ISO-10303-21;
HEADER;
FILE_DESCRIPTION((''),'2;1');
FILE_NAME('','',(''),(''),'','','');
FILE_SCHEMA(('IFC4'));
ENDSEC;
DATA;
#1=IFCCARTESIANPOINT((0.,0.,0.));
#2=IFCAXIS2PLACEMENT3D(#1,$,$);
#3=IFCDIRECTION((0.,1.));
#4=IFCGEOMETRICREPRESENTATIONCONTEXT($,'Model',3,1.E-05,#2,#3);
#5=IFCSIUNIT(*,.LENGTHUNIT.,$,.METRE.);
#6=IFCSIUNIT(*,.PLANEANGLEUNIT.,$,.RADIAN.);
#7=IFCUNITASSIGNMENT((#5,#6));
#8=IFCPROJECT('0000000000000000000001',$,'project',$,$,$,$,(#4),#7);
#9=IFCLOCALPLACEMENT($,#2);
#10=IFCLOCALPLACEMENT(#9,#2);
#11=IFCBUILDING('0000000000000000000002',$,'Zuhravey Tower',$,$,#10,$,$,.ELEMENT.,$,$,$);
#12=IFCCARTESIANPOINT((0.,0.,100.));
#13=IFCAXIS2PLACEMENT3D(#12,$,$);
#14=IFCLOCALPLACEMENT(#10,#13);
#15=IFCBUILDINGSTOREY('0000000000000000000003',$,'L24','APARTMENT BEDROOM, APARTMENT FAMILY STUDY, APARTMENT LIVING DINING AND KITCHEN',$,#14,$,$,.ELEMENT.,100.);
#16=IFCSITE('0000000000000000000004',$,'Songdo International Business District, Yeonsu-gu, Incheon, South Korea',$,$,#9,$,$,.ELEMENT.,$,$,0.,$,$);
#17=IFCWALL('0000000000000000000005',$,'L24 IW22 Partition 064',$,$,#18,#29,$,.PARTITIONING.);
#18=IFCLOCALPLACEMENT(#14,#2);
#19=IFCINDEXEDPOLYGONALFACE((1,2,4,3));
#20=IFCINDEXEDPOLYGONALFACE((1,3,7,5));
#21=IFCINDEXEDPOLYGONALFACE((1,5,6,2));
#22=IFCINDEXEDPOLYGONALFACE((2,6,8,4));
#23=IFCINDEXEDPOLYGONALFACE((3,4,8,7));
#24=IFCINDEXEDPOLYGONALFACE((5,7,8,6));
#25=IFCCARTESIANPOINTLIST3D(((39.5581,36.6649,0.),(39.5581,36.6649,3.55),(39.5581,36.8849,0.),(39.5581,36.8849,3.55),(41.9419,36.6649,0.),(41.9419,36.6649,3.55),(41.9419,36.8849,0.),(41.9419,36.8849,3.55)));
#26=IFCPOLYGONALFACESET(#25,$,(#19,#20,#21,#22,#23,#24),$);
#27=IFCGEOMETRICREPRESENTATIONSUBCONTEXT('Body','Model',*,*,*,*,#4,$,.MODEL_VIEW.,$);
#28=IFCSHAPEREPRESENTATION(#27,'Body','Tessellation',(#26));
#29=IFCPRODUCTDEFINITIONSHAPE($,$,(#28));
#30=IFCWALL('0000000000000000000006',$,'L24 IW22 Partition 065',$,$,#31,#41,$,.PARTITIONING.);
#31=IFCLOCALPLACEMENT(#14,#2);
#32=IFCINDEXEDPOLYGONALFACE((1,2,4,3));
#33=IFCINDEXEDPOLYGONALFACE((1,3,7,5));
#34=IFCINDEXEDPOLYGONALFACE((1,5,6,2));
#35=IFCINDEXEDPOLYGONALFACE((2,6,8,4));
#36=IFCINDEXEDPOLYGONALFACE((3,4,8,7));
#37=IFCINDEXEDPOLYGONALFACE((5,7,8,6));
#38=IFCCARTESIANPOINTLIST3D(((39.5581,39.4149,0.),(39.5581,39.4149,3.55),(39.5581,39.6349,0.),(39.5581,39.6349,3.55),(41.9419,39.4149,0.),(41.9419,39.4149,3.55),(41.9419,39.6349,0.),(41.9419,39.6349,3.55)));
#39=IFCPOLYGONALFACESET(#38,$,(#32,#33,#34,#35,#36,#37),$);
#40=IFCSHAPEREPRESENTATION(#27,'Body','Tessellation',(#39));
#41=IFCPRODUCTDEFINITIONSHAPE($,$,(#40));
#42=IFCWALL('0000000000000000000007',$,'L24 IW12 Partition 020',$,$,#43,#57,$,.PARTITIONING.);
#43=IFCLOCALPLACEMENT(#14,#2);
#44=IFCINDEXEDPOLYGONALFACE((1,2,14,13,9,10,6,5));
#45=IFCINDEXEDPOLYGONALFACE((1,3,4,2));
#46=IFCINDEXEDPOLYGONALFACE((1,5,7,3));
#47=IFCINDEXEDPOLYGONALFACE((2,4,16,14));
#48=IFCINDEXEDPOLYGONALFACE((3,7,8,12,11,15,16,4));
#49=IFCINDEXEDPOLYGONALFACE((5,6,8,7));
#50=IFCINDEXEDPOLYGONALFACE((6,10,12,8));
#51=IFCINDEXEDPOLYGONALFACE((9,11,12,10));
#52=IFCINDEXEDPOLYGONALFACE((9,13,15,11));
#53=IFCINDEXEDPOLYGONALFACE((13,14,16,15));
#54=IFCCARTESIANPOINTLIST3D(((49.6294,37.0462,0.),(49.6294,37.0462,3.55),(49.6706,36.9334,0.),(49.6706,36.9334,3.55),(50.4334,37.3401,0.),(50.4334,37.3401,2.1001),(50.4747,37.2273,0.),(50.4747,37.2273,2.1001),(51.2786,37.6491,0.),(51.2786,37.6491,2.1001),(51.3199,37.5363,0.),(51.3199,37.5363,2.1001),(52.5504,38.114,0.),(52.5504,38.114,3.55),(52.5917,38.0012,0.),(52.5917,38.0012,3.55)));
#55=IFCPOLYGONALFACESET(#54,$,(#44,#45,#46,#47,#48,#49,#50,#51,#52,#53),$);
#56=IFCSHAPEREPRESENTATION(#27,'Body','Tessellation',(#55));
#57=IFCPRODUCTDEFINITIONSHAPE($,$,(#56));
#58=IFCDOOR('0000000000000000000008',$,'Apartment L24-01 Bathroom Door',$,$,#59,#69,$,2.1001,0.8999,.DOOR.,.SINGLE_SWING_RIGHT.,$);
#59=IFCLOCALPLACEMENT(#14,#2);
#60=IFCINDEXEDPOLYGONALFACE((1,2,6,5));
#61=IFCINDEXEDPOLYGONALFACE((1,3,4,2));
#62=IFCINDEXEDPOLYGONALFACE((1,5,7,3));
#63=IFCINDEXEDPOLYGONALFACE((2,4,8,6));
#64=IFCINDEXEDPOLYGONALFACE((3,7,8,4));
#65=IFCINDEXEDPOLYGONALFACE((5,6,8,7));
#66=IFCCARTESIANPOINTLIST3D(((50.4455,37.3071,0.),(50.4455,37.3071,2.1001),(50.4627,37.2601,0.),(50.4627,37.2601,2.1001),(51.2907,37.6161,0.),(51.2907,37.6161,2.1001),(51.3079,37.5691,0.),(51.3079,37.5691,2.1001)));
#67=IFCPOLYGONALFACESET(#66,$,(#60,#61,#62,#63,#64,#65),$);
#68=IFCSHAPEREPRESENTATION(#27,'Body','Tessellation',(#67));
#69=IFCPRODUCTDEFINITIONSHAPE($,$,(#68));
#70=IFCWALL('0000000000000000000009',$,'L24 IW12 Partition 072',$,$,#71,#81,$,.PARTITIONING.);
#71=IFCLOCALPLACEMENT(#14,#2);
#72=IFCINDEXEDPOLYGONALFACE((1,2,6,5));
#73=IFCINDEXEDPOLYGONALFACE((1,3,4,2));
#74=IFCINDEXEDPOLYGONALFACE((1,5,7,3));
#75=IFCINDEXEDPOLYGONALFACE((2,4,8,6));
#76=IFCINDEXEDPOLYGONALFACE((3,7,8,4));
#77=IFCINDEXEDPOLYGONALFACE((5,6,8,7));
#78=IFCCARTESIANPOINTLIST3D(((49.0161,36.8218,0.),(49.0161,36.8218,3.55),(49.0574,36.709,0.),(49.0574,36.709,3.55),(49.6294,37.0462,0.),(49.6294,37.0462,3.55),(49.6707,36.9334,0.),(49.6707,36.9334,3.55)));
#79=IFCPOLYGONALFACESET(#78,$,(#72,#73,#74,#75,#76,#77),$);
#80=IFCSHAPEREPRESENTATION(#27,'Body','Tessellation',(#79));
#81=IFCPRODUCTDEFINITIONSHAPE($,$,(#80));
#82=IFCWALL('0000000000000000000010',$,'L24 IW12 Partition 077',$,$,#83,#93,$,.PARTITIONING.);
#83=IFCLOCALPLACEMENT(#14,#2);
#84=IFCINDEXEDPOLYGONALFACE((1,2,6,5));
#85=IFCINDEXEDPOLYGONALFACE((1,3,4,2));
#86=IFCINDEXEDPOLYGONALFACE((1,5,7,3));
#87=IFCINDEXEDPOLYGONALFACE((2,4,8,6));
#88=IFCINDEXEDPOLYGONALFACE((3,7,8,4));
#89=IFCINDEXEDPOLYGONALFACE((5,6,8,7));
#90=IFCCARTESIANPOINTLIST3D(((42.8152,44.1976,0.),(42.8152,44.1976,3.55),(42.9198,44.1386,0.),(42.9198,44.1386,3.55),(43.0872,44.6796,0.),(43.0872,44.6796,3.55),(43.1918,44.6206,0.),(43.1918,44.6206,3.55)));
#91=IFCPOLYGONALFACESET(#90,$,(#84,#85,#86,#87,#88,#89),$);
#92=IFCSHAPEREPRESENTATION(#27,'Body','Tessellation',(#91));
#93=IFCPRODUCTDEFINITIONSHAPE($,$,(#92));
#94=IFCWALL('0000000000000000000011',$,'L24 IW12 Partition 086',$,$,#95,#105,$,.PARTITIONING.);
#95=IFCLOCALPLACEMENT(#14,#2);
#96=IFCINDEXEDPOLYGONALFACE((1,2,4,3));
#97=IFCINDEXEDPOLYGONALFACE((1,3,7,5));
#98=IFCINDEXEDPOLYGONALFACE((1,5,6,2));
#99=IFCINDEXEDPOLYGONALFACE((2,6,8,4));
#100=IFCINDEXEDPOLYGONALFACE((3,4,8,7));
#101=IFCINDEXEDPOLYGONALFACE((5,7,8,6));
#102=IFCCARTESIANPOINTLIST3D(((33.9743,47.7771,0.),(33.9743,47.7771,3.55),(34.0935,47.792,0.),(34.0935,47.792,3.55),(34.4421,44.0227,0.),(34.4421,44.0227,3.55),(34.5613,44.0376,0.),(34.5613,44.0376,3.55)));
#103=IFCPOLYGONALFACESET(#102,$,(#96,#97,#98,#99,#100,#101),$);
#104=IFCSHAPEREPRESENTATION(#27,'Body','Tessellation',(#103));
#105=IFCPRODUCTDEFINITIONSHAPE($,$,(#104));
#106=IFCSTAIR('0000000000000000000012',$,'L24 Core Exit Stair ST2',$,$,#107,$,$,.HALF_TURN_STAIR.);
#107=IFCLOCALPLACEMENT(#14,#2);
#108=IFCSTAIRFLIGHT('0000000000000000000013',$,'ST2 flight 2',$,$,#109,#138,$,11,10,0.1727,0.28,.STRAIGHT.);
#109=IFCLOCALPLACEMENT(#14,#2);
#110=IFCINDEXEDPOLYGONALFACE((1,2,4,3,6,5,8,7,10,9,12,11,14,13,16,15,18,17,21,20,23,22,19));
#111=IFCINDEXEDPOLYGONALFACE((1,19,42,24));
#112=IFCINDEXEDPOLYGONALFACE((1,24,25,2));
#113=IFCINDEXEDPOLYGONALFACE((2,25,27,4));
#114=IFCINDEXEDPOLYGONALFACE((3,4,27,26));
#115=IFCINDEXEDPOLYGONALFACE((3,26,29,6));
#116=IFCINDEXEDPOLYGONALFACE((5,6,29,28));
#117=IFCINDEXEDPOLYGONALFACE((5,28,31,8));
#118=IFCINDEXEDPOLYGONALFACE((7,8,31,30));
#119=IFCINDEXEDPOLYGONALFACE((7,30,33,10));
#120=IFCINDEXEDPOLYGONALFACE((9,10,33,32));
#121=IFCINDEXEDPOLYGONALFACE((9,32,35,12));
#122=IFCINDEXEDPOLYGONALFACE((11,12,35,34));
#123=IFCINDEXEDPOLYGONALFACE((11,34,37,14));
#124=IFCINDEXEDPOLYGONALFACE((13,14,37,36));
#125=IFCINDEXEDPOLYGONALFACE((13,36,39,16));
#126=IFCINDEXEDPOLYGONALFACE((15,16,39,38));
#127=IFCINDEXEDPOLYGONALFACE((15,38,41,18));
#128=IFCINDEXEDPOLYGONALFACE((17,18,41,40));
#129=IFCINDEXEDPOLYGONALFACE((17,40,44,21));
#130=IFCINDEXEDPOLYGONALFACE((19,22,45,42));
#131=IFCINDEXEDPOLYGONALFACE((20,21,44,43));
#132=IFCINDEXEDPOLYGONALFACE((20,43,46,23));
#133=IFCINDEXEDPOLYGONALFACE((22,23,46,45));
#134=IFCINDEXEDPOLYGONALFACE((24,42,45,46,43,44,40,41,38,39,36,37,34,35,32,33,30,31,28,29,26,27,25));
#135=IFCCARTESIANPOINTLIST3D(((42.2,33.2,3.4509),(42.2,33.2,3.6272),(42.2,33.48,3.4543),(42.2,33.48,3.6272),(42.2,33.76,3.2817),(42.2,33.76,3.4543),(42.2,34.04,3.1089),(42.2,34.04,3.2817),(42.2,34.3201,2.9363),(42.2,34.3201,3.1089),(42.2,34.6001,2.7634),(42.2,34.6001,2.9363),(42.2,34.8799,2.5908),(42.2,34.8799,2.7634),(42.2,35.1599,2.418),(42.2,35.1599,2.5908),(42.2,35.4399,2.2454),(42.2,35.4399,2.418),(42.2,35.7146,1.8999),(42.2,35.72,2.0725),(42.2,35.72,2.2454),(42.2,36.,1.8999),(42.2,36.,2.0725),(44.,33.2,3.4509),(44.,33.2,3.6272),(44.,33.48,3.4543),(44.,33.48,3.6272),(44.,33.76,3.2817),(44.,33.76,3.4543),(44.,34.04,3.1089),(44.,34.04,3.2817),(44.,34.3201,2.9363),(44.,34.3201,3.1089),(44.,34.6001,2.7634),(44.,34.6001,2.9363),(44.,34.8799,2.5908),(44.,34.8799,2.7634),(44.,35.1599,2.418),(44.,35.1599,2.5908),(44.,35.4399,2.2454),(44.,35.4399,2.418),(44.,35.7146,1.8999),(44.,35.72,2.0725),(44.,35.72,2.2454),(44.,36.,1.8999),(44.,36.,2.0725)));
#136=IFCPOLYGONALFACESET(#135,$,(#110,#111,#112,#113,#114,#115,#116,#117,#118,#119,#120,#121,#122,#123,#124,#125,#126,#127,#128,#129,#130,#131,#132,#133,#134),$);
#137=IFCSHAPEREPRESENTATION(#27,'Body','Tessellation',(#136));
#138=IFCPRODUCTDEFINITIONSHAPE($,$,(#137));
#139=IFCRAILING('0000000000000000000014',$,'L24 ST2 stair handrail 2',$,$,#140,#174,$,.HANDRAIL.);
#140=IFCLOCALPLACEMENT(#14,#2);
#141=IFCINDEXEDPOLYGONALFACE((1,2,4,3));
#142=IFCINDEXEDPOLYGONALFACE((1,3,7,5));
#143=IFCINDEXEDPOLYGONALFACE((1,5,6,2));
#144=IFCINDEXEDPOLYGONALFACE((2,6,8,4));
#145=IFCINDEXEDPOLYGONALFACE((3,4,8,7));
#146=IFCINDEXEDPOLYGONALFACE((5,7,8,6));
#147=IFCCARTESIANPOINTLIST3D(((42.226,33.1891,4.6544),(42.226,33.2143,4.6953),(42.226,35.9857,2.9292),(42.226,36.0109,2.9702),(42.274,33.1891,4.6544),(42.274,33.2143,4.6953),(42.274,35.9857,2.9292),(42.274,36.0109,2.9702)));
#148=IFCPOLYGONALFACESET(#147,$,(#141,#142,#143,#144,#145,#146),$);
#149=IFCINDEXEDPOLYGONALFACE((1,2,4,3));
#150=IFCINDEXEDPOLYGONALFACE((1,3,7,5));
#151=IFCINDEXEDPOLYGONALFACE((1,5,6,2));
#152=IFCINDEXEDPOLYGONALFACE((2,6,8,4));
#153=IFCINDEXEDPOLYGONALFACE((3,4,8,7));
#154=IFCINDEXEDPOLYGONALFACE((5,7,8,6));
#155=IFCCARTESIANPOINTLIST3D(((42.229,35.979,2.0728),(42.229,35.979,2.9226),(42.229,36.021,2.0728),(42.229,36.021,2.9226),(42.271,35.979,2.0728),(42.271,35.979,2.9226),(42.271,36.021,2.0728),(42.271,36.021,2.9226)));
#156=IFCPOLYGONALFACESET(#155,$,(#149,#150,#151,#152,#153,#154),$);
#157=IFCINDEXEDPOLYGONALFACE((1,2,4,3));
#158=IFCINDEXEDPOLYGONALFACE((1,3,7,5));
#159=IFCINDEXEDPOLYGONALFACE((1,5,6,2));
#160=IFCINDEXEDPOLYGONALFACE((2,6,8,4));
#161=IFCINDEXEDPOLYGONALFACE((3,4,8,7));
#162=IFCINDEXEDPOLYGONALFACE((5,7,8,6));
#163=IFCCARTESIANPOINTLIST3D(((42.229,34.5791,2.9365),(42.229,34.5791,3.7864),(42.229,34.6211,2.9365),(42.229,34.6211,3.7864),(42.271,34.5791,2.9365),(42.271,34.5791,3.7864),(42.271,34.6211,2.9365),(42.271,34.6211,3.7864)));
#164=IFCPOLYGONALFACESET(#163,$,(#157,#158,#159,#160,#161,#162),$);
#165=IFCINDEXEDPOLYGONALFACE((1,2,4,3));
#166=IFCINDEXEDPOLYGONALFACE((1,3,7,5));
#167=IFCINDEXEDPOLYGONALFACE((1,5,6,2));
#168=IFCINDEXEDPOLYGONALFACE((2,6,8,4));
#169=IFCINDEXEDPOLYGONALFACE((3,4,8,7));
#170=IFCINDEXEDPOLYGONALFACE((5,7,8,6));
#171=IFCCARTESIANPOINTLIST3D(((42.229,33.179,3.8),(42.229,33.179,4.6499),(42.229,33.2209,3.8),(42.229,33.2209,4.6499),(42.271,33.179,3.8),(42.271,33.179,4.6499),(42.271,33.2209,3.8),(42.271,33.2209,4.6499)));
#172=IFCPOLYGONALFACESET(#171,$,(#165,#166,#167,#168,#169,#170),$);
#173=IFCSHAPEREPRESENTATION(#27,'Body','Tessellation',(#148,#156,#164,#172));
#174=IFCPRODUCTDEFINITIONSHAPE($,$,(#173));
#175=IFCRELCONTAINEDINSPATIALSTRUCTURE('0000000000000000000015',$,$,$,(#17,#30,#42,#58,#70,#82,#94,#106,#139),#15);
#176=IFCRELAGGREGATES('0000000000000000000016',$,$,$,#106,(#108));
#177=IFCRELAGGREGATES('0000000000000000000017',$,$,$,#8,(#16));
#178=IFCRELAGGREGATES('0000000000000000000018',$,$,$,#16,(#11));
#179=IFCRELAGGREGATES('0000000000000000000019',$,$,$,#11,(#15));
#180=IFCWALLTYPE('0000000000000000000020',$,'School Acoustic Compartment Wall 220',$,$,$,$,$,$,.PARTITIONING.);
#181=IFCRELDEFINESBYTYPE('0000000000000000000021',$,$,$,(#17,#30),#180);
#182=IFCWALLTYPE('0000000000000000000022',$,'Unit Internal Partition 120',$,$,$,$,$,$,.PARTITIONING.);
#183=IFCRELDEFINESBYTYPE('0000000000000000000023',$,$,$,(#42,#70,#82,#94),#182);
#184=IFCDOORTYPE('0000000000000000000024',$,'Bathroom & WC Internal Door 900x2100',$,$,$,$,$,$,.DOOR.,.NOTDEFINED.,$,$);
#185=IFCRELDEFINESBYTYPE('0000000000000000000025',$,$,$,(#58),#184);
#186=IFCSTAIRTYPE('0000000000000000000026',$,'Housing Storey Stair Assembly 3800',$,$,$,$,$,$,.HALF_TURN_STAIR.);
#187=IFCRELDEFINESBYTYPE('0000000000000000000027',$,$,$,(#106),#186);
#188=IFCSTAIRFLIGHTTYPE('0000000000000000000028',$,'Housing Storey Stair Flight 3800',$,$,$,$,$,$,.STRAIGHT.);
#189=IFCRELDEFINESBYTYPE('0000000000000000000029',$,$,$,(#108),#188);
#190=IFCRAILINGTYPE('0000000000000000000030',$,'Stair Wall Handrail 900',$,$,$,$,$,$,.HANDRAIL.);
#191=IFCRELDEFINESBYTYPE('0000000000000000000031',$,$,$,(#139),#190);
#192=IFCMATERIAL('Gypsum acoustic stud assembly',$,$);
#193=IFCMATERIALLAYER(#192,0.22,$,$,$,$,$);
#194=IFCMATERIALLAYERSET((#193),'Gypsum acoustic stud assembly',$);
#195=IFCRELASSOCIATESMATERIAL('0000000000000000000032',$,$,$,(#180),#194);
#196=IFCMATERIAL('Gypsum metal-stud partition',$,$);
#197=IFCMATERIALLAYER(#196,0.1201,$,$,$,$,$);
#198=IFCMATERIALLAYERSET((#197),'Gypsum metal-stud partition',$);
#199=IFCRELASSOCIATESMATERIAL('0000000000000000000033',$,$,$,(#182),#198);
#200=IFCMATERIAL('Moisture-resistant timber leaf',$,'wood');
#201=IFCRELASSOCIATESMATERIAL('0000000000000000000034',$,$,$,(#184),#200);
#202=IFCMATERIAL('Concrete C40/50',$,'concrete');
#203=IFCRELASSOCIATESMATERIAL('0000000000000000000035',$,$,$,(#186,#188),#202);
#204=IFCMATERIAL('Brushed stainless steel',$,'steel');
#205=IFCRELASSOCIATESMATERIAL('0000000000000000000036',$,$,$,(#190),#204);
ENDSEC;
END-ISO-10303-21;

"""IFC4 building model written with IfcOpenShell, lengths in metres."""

from ifc_helpers import new_model, si_unit, direction, frame, frame_2d, origin, origin_2d, place, context, subcontext, project, spatial, polyline, rectangle, outline, extrude, material, layer, layer_set, type_object, element, fill, aggregate, save


model = new_model("IFC4")

# Units and contexts
model_context = context("Model", 3, precision=1e-05, world=origin(), true_north=direction((0.0, 1.0)))
body_context = subcontext(model_context, "Body", "Model", "MODEL_VIEW")
ifc_project = project(units=[si_unit("LENGTHUNIT", "METRE"), si_unit("PLANEANGLEUNIT", "RADIAN")], contexts=[model_context])

# Site, building, storey
site_placement = place(None, origin())
site = spatial("IfcSite", under=ifc_project, at=site_placement, Name="Songdo International Business District, Yeonsu-gu, Incheon, South Korea", CompositionType="ELEMENT", RefElevation=0.0)
building_placement = place(site_placement, origin())
building = spatial("IfcBuilding", under=site, at=building_placement, Name="Zuhravey Tower", CompositionType="ELEMENT")
storey_placement = place(building_placement, frame((0.0, 0.0, 100.0)))
storey = spatial("IfcBuildingStorey", under=building, at=storey_placement, Name="L24", Description="APARTMENT BEDROOM, APARTMENT FAMILY STUDY, APARTMENT LIVING DINING AND KITCHEN", CompositionType="ELEMENT", Elevation=100.0)

# Walls
ifc_material_1 = material(Name="Gypsum acoustic stud assembly")
ifc_layer_1 = layer(ifc_material_1, 0.22)
ifc_layer_set_1 = layer_set([ifc_layer_1], Name="Gypsum acoustic stud assembly")
wall_type_1 = type_object("IfcWallType", Name="School Acoustic Compartment Wall 220", PredefinedType="PARTITIONING", material=ifc_layer_set_1)
for number, where, z_axis, x_axis, name in (
    (1, (39.5581, 36.7749, 0.0), (0.0, 0.0, 1.0), (1.0, 0.0, 0.0), "L24 IW22 Partition 064"),
    (2, (39.5581, 39.5249, 0.0), (0.0, 0.0, 1.0), (1.0, 0.0, 0.0), "L24 IW22 Partition 065"),
):
    element("IfcWall", number, at=place(storey_placement, frame(where, z_axis=z_axis, x_axis=x_axis)), inside=storey, type_object=wall_type_1, Name=name, PredefinedType="PARTITIONING", context=body_context, shape_type="SweptSolid", body=[
        extrude(rectangle(XDim=2.3838, YDim=0.22, at=frame_2d((1.1919, 0.0))), origin(), (0.0, 0.0, 1.0), 3.55),
    ])

# Wall, opening, door
ifc_material_2 = material(Name="Gypsum metal-stud partition")
ifc_layer_2 = layer(ifc_material_2, 0.1201)
ifc_layer_set_2 = layer_set([ifc_layer_2], Name="Gypsum metal-stud partition")
wall_type_2 = type_object("IfcWallType", Name="Unit Internal Partition 120", PredefinedType="PARTITIONING", material=ifc_layer_set_2)
wall_1_placement = place(storey_placement, frame((49.6499, 36.9897, 0.0), z_axis=(0.0, 0.0, 1.0), x_axis=(0.93921, 0.343343, 0.0)))
wall_1 = element("IfcWall", 3, at=wall_1_placement, inside=storey, type_object=wall_type_2, Name="L24 IW12 Partition 020", PredefinedType="PARTITIONING", context=body_context, shape_type="SweptSolid", body=[
    extrude(rectangle(XDim=3.1101, YDim=0.1201, at=frame_2d((1.5552, 0.0))), origin(), (0.0, 0.0, 1.0), 3.55),
])
opening_1_placement = place(wall_1_placement, frame((0.8562, 0.0, 0.0)))
opening_1 = element("IfcOpeningElement", 4, at=opening_1_placement, cuts=wall_1, PredefinedType="OPENING", context=body_context, shape_type="SweptSolid", body=[
    extrude(rectangle(XDim=0.8999, YDim=2.1001, at=frame_2d((0.45, 1.05))), frame((0.0, 0.072, 0.0), z_axis=(0.0, -1.0, 0.0), x_axis=(1.0, 0.0, 0.0)), (0.0, 0.0, 1.0), 0.144),
])
ifc_material_3 = material(Name="Moisture-resistant timber leaf", Category="wood")
door_type_1 = type_object("IfcDoorType", Name="Bathroom & WC Internal Door 900x2100", OperationType="NOTDEFINED", PredefinedType="DOOR", material=ifc_material_3)
door_1_placement = place(opening_1_placement, origin())
door_1 = element("IfcDoor", 5, at=door_1_placement, inside=storey, type_object=door_type_1, Name="Apartment L24-01 Bathroom Door", OperationType="SINGLE_SWING_RIGHT", OverallHeight=2.1001, OverallWidth=0.8999, PredefinedType="DOOR", context=body_context, shape_type="SweptSolid", body=[
    extrude(rectangle(XDim=0.8999, YDim=2.1001, at=frame_2d((0.45, 1.05))), frame((0.0, 0.0249, 0.0), z_axis=(0.0, -1.0, 0.0), x_axis=(1.0, 0.0, 0.0)), (0.0, 0.0, 1.0), 0.05),
])
fill(opening_1, door_1)

# Walls
wall_2_placement = place(storey_placement, frame((49.0366, 36.7654, 0.0), z_axis=(0.0, 0.0, 1.0), x_axis=(0.939126, 0.343573, 0.0)))
element("IfcWall", 6, at=wall_2_placement, inside=storey, type_object=wall_type_2, Name="L24 IW12 Partition 072", PredefinedType="PARTITIONING", context=body_context, shape_type="SweptSolid", body=[
    extrude(rectangle(XDim=0.6531, YDim=0.1201, at=frame_2d((0.3267, 0.0))), origin(), (0.0, 0.0, 1.0), 3.55),
])
wall_3_placement = place(storey_placement, frame((42.8674, 44.168, 0.0), z_axis=(0.0, 0.0, 1.0), x_axis=(0.491476, 0.870891, 0.0)))
element("IfcWall", 7, at=wall_3_placement, inside=storey, type_object=wall_type_2, Name="L24 IW12 Partition 077", PredefinedType="PARTITIONING", context=body_context, shape_type="SweptSolid", body=[
    extrude(rectangle(XDim=0.5535, YDim=0.1201, at=frame_2d((0.2769, 0.0))), origin(), (0.0, 0.0, 1.0), 3.55),
])
wall_4_placement = place(storey_placement, frame((34.5017, 44.0303, 0.0), z_axis=(0.0, 0.0, 1.0), x_axis=(-0.123638, 0.992327, 0.0)))
element("IfcWall", 8, at=wall_4_placement, inside=storey, type_object=wall_type_2, Name="L24 IW12 Partition 086", PredefinedType="PARTITIONING", context=body_context, shape_type="SweptSolid", body=[
    extrude(rectangle(XDim=3.7834, YDim=0.1201, at=frame_2d((1.8916, 0.0))), origin(), (0.0, 0.0, 1.0), 3.55),
])

# Stair, stair flight
ifc_material_4 = material(Name="Concrete C40/50", Category="concrete")
stair_type = type_object("IfcStairType", Name="Housing Storey Stair Assembly 3800", PredefinedType="HALF_TURN_STAIR", material=ifc_material_4)
stair_placement = place(storey_placement, origin())
stair = element("IfcStair", 9, at=stair_placement, inside=storey, type_object=stair_type, Name="L24 Core Exit Stair ST2", PredefinedType="HALF_TURN_STAIR")
stair_flight_type = type_object("IfcStairFlightType", Name="Housing Storey Stair Flight 3800", PredefinedType="STRAIGHT", material=ifc_material_4)
stair_flight_placement = place(storey_placement, frame((43.1001, 36.0, 1.8999), z_axis=(0.0, 0.0, 1.0), x_axis=(0.0, -1.0, 0.0)))
stair_flight = element("IfcStairFlight", 10, at=stair_flight_placement, type_object=stair_flight_type, Name="ST2 flight 2", NumberOfRisers=11, NumberOfTreads=10, PredefinedType="STRAIGHT", RiserHeight=0.1727, TreadLength=0.28, context=body_context, shape_type="SweptSolid", body=[
    extrude(outline(polyline([(0.0, 0.0), (0.0, 0.1726), (0.28, 0.1726), (0.28, 0.3455), (0.5601, 0.3455), (0.5601, 0.5181), (0.8401, 0.5181), (0.8401, 0.6909), (1.1201, 0.6909), (1.1201, 0.8635), (1.3999, 0.8635), (1.3999, 1.0364), (1.6799, 1.0364), (1.6799, 1.209), (1.96, 1.209), (1.96, 1.3818), (2.24, 1.3818), (2.24, 1.5544), (2.52, 1.5544), (2.52, 1.7273), (2.8, 1.7273), (2.8, 1.8999), (2.8, 1.551), (0.2854, 0.0), (0.0, 0.0)])), frame((0.0, 0.8999, 0.0), z_axis=(0.0, -1.0, 0.0), x_axis=(1.0, 0.0, 0.0)), (0.0, 0.0, 1.0), 1.8),
])
aggregate(stair, [stair_flight])

# Railing
ifc_material_5 = material(Name="Brushed stainless steel", Category="steel")
railing_type_1 = type_object("IfcRailingType", Name="Stair Wall Handrail 900", PredefinedType="HANDRAIL", material=ifc_material_5)
railing_1_placement = place(storey_placement, frame((42.25, 36.0, 2.0728)))
element("IfcRailing", 11, at=railing_1_placement, inside=storey, type_object=railing_type_1, Name="L24 ST2 stair handrail 2", PredefinedType="HANDRAIL", context=body_context, shape_type="SweptSolid", body=[
    extrude(rectangle(XDim=0.0481, YDim=0.0481, at=origin_2d()), frame((0.0, -0.0017, 0.877), z_axis=(0.0, -0.85109, 0.52502), x_axis=(1.0, 0.0, 0.0)), (0.0, 0.0, 1.0), 3.2859),
    extrude(rectangle(XDim=0.042, YDim=0.042, at=origin_2d()), origin(), (0.0, 0.0, 1.0), 0.8499),
    extrude(rectangle(XDim=0.042, YDim=0.042, at=origin_2d()), frame((0.0, -1.3999, 0.8638)), (0.0, 0.0, 1.0), 0.8499),
    extrude(rectangle(XDim=0.042, YDim=0.042, at=origin_2d()), frame((0.0, -2.8, 1.7273)), (0.0, 0.0, 1.0), 0.8499),
])

save(model, "model.ifc")
